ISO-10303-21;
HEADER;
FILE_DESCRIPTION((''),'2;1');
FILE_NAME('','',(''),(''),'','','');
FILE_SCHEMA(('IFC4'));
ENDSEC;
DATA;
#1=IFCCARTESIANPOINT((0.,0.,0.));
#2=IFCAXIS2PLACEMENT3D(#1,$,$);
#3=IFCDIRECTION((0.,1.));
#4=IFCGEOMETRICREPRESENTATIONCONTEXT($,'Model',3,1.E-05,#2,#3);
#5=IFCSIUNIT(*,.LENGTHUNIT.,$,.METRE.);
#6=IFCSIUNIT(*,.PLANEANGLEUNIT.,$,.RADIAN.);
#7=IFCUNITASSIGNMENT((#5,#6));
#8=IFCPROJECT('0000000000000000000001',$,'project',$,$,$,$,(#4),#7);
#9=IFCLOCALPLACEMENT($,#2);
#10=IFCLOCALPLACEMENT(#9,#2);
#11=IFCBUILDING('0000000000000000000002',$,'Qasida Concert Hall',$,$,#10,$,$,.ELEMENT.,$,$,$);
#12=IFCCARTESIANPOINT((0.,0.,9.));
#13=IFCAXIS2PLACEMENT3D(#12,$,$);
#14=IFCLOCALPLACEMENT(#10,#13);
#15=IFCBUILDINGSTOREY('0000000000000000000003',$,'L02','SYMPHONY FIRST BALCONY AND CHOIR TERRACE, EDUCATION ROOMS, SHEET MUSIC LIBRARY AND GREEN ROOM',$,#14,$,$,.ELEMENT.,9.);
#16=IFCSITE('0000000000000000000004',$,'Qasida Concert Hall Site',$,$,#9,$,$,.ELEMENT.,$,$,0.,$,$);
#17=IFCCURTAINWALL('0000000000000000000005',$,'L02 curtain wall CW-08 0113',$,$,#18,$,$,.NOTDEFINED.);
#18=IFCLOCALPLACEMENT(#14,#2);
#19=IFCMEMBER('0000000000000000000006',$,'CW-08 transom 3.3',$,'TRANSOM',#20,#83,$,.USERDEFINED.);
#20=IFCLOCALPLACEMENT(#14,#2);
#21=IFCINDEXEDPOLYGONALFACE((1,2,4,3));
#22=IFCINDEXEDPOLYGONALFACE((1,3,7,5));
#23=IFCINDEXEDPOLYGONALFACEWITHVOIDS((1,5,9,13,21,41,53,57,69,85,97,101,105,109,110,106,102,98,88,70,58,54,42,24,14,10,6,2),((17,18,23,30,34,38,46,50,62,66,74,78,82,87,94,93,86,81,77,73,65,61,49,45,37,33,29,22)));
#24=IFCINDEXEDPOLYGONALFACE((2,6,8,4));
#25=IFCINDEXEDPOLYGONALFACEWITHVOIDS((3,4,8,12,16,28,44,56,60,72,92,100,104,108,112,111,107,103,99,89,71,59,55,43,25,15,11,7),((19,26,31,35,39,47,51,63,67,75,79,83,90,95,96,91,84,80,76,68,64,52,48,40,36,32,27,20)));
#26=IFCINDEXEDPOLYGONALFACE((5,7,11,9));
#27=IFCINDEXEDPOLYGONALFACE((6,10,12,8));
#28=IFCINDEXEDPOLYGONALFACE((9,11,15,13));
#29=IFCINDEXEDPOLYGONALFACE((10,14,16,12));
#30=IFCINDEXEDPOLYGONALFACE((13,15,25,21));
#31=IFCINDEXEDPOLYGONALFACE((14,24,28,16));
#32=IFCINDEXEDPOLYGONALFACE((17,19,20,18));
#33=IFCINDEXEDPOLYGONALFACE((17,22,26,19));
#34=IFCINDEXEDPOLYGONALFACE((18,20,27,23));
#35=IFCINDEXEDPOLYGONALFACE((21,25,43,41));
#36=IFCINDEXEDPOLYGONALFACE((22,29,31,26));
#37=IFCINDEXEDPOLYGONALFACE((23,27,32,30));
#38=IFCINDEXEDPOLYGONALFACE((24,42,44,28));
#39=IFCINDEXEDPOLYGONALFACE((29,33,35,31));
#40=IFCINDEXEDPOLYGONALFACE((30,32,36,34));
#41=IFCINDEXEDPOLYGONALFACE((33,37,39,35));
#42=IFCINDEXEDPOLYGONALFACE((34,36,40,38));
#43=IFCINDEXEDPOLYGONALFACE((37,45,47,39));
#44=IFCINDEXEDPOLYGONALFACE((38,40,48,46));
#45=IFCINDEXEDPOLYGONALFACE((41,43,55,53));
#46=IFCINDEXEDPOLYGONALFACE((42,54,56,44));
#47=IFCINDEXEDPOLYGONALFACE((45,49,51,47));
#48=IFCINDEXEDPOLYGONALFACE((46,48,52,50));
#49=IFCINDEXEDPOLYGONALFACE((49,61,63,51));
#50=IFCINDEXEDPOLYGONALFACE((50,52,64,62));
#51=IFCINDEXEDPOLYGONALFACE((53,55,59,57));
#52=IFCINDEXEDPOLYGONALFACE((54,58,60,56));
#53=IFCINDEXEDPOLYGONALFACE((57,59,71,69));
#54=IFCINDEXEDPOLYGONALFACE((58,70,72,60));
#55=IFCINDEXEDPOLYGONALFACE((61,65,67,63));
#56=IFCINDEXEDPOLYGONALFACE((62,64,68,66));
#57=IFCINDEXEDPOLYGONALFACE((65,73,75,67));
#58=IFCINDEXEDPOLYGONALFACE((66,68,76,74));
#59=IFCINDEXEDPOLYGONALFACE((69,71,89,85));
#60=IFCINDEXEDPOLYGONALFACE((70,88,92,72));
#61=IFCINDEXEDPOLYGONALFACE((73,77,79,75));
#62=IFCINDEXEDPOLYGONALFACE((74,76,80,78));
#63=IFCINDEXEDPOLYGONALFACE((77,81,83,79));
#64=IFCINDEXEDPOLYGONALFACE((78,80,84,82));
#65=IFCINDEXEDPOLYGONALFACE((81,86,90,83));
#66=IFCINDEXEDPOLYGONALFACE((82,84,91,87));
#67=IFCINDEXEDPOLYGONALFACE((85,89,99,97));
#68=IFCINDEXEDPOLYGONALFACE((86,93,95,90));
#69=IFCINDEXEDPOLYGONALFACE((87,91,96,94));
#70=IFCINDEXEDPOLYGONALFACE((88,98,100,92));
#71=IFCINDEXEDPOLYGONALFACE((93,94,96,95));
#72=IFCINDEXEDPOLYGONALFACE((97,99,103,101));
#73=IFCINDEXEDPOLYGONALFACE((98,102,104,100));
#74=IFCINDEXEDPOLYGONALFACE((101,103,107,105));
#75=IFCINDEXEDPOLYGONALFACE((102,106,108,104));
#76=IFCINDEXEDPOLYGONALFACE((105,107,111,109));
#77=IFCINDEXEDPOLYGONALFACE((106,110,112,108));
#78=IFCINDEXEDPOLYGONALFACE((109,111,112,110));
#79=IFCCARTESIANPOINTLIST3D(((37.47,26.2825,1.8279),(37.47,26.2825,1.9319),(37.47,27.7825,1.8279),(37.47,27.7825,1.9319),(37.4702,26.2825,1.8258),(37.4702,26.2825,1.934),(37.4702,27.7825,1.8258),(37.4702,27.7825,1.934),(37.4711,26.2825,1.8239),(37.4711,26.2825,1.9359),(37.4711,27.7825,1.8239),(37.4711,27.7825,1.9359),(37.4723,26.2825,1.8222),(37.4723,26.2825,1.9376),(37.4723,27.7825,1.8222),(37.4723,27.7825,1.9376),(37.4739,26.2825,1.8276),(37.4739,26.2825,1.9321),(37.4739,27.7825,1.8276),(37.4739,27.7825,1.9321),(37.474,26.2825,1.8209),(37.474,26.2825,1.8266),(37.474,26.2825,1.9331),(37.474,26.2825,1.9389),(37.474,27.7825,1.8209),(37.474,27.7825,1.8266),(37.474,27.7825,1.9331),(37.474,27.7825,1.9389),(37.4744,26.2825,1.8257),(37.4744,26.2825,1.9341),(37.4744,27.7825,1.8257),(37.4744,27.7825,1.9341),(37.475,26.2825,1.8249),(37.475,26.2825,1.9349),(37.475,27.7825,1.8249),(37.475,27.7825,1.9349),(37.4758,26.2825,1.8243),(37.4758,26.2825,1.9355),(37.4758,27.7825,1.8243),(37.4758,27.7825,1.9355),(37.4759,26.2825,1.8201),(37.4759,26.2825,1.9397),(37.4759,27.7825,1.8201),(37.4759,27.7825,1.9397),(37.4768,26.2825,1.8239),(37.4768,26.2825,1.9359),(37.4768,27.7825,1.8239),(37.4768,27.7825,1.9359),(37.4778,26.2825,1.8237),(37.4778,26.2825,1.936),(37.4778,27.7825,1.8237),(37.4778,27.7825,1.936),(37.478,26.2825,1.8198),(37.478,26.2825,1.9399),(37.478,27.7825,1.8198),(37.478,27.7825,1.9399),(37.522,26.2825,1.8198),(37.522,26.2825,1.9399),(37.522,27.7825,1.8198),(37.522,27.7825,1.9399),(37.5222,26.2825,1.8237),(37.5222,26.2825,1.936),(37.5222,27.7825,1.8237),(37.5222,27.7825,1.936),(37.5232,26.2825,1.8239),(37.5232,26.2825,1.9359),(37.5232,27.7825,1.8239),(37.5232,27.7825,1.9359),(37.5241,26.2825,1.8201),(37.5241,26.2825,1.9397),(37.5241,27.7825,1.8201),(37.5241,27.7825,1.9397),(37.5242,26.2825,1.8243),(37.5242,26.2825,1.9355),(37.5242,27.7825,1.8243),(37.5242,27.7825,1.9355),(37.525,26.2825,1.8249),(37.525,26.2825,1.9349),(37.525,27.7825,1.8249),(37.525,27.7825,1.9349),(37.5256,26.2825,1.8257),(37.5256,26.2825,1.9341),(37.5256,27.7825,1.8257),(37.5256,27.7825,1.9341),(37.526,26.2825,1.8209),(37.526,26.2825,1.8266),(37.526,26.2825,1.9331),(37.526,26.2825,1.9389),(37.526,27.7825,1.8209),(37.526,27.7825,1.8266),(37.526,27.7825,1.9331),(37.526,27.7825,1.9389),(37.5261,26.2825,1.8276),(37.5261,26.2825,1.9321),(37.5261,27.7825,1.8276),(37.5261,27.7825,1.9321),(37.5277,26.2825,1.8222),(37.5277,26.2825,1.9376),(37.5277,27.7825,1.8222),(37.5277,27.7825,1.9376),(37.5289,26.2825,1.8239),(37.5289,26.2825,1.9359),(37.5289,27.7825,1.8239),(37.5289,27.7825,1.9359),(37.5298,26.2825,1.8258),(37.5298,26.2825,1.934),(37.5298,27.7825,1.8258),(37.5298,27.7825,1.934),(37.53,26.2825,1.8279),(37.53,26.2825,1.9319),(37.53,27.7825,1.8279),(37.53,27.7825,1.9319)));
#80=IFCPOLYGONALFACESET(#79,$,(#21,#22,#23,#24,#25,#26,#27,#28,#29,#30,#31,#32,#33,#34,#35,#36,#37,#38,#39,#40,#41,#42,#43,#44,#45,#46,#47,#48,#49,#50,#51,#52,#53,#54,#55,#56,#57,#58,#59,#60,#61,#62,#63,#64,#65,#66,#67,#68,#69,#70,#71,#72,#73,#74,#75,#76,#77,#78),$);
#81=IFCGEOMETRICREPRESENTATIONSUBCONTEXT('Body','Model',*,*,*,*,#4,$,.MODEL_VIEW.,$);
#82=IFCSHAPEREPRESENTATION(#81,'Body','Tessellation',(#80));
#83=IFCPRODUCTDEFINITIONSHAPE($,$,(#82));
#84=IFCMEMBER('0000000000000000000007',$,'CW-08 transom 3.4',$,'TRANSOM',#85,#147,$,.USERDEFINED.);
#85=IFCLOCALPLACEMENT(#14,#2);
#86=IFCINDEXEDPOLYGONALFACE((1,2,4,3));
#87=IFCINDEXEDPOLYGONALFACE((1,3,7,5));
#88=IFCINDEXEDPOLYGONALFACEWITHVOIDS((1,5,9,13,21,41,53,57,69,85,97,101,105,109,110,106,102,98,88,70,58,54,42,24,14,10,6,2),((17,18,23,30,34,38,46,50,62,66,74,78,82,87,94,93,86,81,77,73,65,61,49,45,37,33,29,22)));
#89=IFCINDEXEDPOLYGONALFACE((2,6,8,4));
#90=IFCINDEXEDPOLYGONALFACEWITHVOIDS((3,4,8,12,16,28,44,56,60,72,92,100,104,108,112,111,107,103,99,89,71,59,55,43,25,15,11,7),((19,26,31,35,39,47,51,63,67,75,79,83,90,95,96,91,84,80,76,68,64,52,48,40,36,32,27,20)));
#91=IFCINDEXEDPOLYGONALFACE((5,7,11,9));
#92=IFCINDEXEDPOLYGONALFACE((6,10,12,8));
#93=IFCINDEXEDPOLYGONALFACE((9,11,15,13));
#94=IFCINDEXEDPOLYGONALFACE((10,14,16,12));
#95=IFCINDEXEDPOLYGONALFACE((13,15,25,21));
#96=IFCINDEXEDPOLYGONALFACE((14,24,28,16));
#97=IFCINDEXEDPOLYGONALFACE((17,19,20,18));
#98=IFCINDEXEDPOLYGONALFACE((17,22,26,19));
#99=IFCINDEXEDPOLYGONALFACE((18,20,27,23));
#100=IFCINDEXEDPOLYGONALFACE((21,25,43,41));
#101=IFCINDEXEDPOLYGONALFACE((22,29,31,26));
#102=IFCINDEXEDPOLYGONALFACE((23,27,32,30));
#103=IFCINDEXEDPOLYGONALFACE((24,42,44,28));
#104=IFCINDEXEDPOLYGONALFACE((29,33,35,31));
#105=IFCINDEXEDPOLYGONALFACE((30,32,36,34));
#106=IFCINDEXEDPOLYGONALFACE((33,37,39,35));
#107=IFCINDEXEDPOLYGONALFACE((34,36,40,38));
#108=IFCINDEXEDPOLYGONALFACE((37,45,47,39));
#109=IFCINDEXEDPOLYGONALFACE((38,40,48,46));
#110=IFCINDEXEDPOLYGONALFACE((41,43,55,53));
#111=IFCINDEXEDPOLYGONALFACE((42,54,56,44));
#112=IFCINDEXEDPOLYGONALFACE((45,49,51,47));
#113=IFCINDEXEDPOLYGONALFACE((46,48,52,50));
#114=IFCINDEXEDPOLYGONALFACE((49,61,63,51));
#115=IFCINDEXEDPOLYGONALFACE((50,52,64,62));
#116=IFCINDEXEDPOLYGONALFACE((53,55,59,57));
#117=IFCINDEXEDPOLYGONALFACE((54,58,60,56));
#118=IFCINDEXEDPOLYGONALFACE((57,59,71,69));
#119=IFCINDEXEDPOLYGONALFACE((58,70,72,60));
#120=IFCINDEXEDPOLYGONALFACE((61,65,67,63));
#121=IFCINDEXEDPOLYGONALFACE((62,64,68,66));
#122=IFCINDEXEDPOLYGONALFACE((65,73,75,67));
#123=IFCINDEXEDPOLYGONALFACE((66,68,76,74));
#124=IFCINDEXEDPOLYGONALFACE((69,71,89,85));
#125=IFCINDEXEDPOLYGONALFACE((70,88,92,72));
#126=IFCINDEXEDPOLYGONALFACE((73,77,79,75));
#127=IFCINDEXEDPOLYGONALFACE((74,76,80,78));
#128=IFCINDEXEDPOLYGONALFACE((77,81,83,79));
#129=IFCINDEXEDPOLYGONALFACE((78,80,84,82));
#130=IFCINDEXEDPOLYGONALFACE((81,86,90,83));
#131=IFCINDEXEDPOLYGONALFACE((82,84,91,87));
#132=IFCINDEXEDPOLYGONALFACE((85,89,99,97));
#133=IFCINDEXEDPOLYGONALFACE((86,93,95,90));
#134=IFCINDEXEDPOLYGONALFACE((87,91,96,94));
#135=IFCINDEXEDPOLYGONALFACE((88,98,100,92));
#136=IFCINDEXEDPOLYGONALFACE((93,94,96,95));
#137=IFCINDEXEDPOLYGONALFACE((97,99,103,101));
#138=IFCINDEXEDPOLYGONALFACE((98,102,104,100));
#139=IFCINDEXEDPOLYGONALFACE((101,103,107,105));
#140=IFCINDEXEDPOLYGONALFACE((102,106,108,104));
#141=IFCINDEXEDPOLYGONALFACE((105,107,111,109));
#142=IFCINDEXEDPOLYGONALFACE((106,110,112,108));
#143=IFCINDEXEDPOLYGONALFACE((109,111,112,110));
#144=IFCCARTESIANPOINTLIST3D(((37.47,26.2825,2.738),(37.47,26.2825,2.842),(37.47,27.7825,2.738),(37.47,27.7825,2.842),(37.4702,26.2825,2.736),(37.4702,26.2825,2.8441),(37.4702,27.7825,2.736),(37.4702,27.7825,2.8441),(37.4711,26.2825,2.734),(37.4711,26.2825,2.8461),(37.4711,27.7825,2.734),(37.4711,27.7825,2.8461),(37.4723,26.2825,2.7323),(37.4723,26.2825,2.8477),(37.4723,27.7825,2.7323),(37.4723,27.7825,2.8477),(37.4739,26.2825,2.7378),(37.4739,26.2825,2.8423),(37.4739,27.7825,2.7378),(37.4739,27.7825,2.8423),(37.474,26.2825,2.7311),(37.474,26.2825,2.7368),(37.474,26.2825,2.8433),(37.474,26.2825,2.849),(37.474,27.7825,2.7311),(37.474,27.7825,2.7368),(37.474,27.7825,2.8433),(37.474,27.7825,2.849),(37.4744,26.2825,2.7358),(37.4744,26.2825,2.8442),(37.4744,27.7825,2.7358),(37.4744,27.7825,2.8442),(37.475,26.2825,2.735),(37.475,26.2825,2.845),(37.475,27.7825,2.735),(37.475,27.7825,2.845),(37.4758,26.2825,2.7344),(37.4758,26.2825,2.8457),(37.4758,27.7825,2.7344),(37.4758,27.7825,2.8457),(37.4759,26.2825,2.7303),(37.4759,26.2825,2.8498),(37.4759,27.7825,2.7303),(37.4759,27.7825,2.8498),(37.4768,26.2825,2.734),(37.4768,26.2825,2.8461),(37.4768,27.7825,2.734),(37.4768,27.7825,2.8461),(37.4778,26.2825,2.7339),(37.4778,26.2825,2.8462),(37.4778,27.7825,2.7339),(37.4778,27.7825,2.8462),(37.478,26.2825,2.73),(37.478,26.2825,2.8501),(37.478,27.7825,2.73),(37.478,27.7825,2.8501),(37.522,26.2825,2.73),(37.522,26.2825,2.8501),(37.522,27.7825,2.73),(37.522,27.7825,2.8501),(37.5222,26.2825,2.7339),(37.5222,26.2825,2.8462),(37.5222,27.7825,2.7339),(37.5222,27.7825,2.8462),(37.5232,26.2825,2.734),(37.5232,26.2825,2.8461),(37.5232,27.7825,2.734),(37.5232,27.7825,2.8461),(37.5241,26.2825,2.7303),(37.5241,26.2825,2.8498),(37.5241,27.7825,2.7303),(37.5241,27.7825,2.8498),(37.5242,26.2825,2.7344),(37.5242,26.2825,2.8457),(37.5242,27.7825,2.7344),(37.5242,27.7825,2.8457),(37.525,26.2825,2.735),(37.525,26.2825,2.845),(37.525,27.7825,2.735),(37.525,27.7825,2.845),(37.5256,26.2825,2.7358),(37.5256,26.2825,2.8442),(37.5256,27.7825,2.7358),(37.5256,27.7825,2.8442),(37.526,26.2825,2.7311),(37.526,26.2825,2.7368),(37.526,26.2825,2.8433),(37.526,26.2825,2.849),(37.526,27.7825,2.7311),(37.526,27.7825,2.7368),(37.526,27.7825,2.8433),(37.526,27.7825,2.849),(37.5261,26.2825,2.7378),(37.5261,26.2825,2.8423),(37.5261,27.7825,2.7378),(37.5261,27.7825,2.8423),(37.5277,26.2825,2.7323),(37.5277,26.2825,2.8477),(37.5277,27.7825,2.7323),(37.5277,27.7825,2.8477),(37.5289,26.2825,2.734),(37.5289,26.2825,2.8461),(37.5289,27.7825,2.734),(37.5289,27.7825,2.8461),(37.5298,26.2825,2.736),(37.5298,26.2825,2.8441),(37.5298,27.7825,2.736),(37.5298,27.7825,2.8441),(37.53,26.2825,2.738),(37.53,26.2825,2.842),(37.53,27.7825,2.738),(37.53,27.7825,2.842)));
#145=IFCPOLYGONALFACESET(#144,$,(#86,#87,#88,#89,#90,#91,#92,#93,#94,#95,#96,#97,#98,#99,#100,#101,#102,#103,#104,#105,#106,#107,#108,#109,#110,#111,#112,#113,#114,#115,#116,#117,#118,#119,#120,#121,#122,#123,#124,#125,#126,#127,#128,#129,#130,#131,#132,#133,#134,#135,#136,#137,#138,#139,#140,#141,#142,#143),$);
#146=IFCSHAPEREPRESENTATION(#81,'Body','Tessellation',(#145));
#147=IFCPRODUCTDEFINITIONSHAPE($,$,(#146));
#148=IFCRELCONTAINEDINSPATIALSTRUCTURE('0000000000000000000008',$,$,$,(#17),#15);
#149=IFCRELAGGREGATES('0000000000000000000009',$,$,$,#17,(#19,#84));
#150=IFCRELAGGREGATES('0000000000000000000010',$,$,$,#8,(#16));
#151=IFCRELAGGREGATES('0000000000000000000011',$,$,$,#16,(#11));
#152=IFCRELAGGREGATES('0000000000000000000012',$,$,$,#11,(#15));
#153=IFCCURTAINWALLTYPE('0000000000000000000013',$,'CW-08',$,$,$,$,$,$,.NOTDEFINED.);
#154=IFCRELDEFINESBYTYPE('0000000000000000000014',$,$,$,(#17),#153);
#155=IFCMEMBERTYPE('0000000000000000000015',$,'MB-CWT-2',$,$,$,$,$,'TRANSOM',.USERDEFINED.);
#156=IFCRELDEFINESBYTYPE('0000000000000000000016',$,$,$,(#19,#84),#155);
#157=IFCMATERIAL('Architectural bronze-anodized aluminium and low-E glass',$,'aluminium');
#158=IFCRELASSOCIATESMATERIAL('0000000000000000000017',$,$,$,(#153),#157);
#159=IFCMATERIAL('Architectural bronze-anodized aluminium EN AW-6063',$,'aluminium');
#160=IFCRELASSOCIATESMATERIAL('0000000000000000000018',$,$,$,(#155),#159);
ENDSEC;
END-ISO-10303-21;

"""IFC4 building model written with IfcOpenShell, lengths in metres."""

from ifc_helpers import new_model, si_unit, direction, frame, origin, origin_2d, place, context, subcontext, project, spatial, hollow_rectangle, extrude, material, material_profile, profile_set, type_object, element, aggregate, save


model = new_model("IFC4")

# Units and contexts
model_context = context("Model", 3, precision=1e-05, world=origin(), true_north=direction((0.0, 1.0)))
body_context = subcontext(model_context, "Body", "Model", "MODEL_VIEW")
ifc_project = project(units=[si_unit("LENGTHUNIT", "METRE"), si_unit("PLANEANGLEUNIT", "RADIAN")], contexts=[model_context])

# Site, building, storey
site_placement = place(None, origin())
site = spatial("IfcSite", under=ifc_project, at=site_placement, Name="Qasida Concert Hall Site", CompositionType="ELEMENT", RefElevation=0.0)
building_placement = place(site_placement, origin())
building = spatial("IfcBuilding", under=site, at=building_placement, Name="Qasida Concert Hall", CompositionType="ELEMENT")
storey_placement = place(building_placement, frame((0.0, 0.0, 9.0)))
storey = spatial("IfcBuildingStorey", under=building, at=storey_placement, Name="L02", Description="SYMPHONY FIRST BALCONY AND CHOIR TERRACE, EDUCATION ROOMS, SHEET MUSIC LIBRARY AND GREEN ROOM", CompositionType="ELEMENT", Elevation=9.0)

# Curtain wall
ifc_material_1 = material(Name="Architectural bronze-anodized aluminium and low-E glass", Category="aluminium")
curtain_wall_type = type_object("IfcCurtainWallType", Name="CW-08", PredefinedType="NOTDEFINED", material=ifc_material_1)
curtain_wall_1_placement = place(storey_placement, origin())
curtain_wall_1 = element("IfcCurtainWall", 1, at=curtain_wall_1_placement, inside=storey, type_object=curtain_wall_type, Name="L02 curtain wall CW-08 0113", PredefinedType="NOTDEFINED")
ifc_material_2 = material(Name="Architectural bronze-anodized aluminium EN AW-6063", Category="aluminium")

# Members
ifc_material_profile_1 = material_profile(ifc_material_2, hollow_rectangle(XDim=0.0601, YDim=0.1201, WallThickness=0.0039, InnerFilletRadius=0.0039, OuterFilletRadius=0.0081, at=origin_2d()), Name="CWT 120x60x4")
ifc_profile_set_1 = profile_set([ifc_material_profile_1], Name="Architectural bronze-anodized aluminium EN AW-6063")
member_type_1 = type_object("IfcMemberType", Name="MB-CWT-2", ElementType="TRANSOM", PredefinedType="USERDEFINED", material=ifc_profile_set_1)
member_1_placement = place(storey_placement, frame((37.5, 26.2825, 1.8799), z_axis=(0.0, 1.0, 0.0), x_axis=(-1.0, 0.0, 0.0)))
member_1 = element("IfcMember", 2, at=member_1_placement, type_object=member_type_1, Name="CW-08 transom 3.3", ObjectType="TRANSOM", PredefinedType="USERDEFINED", context=body_context, shape_type="SweptSolid", body=[
    extrude(hollow_rectangle(XDim=0.0601, YDim=0.1201, WallThickness=0.0039, InnerFilletRadius=0.0039, OuterFilletRadius=0.0081, at=origin_2d()), origin(), (0.0, 0.0, 1.0), 1.5),
])
member_2_placement = place(storey_placement, frame((37.5, 26.2825, 2.79), z_axis=(0.0, 1.0, 0.0), x_axis=(-1.0, 0.0, 0.0)))
member_2 = element("IfcMember", 3, at=member_2_placement, type_object=member_type_1, Name="CW-08 transom 3.4", ObjectType="TRANSOM", PredefinedType="USERDEFINED", context=body_context, shape_type="SweptSolid", body=[
    extrude(hollow_rectangle(XDim=0.0601, YDim=0.1201, WallThickness=0.0039, InnerFilletRadius=0.0039, OuterFilletRadius=0.0081, at=origin_2d()), origin(), (0.0, 0.0, 1.0), 1.5),
])

aggregate(curtain_wall_1, [member_1, member_2])

save(model, "model.ifc")
